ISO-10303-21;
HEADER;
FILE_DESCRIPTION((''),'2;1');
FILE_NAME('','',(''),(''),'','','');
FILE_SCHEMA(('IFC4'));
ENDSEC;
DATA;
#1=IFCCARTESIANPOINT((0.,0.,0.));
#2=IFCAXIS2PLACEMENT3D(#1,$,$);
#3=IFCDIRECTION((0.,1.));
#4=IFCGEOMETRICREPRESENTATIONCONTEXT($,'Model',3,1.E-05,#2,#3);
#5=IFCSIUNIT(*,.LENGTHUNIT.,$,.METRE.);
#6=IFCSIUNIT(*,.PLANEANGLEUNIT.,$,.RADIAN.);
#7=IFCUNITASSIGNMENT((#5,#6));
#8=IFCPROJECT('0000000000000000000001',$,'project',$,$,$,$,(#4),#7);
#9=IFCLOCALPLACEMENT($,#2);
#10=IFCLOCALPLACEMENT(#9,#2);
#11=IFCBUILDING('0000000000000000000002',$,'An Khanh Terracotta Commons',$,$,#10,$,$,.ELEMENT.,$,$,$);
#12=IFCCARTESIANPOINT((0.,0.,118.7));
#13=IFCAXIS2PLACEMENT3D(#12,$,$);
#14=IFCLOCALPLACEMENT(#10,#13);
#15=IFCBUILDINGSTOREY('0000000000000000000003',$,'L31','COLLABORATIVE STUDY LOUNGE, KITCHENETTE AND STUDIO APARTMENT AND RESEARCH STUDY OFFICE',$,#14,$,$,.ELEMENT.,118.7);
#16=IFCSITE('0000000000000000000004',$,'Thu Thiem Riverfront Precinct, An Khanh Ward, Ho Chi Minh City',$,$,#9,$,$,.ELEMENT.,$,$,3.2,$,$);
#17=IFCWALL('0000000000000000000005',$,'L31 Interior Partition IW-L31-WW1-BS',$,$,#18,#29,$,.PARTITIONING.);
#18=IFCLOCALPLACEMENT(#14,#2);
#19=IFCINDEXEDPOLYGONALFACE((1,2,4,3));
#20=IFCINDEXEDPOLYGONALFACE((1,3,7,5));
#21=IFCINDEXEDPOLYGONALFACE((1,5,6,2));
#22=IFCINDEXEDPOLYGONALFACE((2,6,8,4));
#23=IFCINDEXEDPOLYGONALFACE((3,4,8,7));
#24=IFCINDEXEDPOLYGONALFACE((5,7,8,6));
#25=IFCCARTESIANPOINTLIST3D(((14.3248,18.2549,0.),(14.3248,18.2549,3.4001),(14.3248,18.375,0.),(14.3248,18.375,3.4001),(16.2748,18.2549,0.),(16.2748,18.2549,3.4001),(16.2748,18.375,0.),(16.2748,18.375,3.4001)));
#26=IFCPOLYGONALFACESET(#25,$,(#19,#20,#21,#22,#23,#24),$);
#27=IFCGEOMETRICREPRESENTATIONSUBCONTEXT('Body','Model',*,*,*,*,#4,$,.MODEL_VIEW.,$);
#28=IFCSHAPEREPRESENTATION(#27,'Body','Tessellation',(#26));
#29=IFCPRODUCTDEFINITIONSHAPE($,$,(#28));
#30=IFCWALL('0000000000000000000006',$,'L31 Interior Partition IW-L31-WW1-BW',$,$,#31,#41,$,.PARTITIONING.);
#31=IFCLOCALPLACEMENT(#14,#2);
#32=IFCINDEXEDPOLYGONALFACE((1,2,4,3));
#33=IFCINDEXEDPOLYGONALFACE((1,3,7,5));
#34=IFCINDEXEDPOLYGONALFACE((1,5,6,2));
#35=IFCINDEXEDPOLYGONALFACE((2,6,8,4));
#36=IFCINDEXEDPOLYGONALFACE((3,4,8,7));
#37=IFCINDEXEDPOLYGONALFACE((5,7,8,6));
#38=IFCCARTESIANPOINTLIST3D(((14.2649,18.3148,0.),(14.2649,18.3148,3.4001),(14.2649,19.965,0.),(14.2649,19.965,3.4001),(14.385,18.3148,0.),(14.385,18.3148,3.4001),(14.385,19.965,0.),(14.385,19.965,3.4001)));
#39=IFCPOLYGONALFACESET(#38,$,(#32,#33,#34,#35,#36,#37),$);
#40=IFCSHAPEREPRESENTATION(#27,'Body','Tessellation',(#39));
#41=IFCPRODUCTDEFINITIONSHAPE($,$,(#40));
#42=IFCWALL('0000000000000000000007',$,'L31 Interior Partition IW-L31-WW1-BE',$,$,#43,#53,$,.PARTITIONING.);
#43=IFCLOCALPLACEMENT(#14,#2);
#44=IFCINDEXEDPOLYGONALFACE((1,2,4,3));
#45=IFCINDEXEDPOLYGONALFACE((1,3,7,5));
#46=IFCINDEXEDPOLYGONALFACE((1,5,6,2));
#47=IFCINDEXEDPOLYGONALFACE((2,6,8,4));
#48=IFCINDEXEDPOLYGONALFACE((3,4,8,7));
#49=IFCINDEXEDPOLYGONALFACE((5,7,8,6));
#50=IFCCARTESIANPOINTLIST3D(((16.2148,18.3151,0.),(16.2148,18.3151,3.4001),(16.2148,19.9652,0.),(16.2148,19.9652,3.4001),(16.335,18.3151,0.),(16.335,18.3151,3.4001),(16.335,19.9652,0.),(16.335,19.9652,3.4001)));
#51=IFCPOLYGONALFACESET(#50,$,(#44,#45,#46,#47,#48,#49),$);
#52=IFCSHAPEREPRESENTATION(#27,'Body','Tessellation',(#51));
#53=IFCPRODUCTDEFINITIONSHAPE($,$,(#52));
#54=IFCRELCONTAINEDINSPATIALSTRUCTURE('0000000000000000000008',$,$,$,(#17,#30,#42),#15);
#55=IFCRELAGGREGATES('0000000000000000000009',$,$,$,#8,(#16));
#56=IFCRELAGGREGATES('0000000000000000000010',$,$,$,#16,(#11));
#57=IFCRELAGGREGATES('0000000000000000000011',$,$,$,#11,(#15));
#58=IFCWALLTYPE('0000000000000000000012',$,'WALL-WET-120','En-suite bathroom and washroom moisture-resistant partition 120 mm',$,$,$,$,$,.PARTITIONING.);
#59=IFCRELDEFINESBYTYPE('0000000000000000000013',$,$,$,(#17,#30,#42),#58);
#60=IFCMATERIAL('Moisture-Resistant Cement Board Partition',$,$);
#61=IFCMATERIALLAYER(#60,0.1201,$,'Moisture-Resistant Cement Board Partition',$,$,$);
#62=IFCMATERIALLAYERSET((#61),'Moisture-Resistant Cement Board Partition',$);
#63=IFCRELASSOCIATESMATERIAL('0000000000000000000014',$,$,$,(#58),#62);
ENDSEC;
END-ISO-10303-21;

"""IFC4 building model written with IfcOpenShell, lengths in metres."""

from ifc_helpers import new_model, si_unit, direction, frame, frame_2d, origin, place, context, subcontext, project, spatial, rectangle, extrude, material, layer, layer_set, type_object, element, save


model = new_model("IFC4")

# Units and contexts
model_context = context("Model", 3, precision=1e-05, world=origin(), true_north=direction((0.0, 1.0)))
body_context = subcontext(model_context, "Body", "Model", "MODEL_VIEW")
ifc_project = project(units=[si_unit("LENGTHUNIT", "METRE"), si_unit("PLANEANGLEUNIT", "RADIAN")], contexts=[model_context])

# Site, building, storey
site_placement = place(None, origin())
site = spatial("IfcSite", under=ifc_project, at=site_placement, Name="Thu Thiem Riverfront Precinct, An Khanh Ward, Ho Chi Minh City", CompositionType="ELEMENT", RefElevation=3.2)
building_placement = place(site_placement, origin())
building = spatial("IfcBuilding", under=site, at=building_placement, Name="An Khanh Terracotta Commons", CompositionType="ELEMENT")
storey_placement = place(building_placement, frame((0.0, 0.0, 118.7)))
storey = spatial("IfcBuildingStorey", under=building, at=storey_placement, Name="L31", Description="COLLABORATIVE STUDY LOUNGE, KITCHENETTE AND STUDIO APARTMENT AND RESEARCH STUDY OFFICE", CompositionType="ELEMENT", Elevation=118.7)

# Shared definitions
ifc_material_1 = material(Name="Moisture-Resistant Cement Board Partition")
ifc_layer_1 = layer(ifc_material_1, 0.1201, Name="Moisture-Resistant Cement Board Partition")
ifc_layer_set_1 = layer_set([ifc_layer_1], Name="Moisture-Resistant Cement Board Partition")
wall_type_1 = type_object("IfcWallType", Name="WALL-WET-120", Description="En-suite bathroom and washroom moisture-resistant partition 120 mm", PredefinedType="PARTITIONING", material=ifc_layer_set_1)

# Walls
wall_1_placement = place(storey_placement, frame((16.2749, 18.3149, 0.0), z_axis=(0.0, 0.0, 1.0), x_axis=(-1.0, 0.0, 0.0)))
element("IfcWall", 1, at=wall_1_placement, inside=storey, type_object=wall_type_1, Name="L31 Interior Partition IW-L31-WW1-BS", PredefinedType="PARTITIONING", context=body_context, shape_type="SweptSolid", body=[
    extrude(rectangle(XDim=1.95, YDim=0.1201, at=frame_2d((0.9751, 0.0))), origin(), (0.0, 0.0, 1.0), 3.4001),
])
for number, where, z_axis, x_axis, name in (
    (2, (14.325, 19.9651, 0.0), (0.0, 0.0, 1.0), (0.0, -1.0, 0.0), "L31 Interior Partition IW-L31-WW1-BW"),
    (3, (16.2749, 18.3149, 0.0), (0.0, 0.0, 1.0), (0.0, 1.0, 0.0), "L31 Interior Partition IW-L31-WW1-BE"),
):
    element("IfcWall", number, at=place(storey_placement, frame(where, z_axis=z_axis, x_axis=x_axis)), inside=storey, type_object=wall_type_1, Name=name, PredefinedType="PARTITIONING", context=body_context, shape_type="SweptSolid", body=[
        extrude(rectangle(XDim=1.6501, YDim=0.1201, at=frame_2d((0.8252, 0.0))), origin(), (0.0, 0.0, 1.0), 3.4001),
    ])

save(model, "model.ifc")
